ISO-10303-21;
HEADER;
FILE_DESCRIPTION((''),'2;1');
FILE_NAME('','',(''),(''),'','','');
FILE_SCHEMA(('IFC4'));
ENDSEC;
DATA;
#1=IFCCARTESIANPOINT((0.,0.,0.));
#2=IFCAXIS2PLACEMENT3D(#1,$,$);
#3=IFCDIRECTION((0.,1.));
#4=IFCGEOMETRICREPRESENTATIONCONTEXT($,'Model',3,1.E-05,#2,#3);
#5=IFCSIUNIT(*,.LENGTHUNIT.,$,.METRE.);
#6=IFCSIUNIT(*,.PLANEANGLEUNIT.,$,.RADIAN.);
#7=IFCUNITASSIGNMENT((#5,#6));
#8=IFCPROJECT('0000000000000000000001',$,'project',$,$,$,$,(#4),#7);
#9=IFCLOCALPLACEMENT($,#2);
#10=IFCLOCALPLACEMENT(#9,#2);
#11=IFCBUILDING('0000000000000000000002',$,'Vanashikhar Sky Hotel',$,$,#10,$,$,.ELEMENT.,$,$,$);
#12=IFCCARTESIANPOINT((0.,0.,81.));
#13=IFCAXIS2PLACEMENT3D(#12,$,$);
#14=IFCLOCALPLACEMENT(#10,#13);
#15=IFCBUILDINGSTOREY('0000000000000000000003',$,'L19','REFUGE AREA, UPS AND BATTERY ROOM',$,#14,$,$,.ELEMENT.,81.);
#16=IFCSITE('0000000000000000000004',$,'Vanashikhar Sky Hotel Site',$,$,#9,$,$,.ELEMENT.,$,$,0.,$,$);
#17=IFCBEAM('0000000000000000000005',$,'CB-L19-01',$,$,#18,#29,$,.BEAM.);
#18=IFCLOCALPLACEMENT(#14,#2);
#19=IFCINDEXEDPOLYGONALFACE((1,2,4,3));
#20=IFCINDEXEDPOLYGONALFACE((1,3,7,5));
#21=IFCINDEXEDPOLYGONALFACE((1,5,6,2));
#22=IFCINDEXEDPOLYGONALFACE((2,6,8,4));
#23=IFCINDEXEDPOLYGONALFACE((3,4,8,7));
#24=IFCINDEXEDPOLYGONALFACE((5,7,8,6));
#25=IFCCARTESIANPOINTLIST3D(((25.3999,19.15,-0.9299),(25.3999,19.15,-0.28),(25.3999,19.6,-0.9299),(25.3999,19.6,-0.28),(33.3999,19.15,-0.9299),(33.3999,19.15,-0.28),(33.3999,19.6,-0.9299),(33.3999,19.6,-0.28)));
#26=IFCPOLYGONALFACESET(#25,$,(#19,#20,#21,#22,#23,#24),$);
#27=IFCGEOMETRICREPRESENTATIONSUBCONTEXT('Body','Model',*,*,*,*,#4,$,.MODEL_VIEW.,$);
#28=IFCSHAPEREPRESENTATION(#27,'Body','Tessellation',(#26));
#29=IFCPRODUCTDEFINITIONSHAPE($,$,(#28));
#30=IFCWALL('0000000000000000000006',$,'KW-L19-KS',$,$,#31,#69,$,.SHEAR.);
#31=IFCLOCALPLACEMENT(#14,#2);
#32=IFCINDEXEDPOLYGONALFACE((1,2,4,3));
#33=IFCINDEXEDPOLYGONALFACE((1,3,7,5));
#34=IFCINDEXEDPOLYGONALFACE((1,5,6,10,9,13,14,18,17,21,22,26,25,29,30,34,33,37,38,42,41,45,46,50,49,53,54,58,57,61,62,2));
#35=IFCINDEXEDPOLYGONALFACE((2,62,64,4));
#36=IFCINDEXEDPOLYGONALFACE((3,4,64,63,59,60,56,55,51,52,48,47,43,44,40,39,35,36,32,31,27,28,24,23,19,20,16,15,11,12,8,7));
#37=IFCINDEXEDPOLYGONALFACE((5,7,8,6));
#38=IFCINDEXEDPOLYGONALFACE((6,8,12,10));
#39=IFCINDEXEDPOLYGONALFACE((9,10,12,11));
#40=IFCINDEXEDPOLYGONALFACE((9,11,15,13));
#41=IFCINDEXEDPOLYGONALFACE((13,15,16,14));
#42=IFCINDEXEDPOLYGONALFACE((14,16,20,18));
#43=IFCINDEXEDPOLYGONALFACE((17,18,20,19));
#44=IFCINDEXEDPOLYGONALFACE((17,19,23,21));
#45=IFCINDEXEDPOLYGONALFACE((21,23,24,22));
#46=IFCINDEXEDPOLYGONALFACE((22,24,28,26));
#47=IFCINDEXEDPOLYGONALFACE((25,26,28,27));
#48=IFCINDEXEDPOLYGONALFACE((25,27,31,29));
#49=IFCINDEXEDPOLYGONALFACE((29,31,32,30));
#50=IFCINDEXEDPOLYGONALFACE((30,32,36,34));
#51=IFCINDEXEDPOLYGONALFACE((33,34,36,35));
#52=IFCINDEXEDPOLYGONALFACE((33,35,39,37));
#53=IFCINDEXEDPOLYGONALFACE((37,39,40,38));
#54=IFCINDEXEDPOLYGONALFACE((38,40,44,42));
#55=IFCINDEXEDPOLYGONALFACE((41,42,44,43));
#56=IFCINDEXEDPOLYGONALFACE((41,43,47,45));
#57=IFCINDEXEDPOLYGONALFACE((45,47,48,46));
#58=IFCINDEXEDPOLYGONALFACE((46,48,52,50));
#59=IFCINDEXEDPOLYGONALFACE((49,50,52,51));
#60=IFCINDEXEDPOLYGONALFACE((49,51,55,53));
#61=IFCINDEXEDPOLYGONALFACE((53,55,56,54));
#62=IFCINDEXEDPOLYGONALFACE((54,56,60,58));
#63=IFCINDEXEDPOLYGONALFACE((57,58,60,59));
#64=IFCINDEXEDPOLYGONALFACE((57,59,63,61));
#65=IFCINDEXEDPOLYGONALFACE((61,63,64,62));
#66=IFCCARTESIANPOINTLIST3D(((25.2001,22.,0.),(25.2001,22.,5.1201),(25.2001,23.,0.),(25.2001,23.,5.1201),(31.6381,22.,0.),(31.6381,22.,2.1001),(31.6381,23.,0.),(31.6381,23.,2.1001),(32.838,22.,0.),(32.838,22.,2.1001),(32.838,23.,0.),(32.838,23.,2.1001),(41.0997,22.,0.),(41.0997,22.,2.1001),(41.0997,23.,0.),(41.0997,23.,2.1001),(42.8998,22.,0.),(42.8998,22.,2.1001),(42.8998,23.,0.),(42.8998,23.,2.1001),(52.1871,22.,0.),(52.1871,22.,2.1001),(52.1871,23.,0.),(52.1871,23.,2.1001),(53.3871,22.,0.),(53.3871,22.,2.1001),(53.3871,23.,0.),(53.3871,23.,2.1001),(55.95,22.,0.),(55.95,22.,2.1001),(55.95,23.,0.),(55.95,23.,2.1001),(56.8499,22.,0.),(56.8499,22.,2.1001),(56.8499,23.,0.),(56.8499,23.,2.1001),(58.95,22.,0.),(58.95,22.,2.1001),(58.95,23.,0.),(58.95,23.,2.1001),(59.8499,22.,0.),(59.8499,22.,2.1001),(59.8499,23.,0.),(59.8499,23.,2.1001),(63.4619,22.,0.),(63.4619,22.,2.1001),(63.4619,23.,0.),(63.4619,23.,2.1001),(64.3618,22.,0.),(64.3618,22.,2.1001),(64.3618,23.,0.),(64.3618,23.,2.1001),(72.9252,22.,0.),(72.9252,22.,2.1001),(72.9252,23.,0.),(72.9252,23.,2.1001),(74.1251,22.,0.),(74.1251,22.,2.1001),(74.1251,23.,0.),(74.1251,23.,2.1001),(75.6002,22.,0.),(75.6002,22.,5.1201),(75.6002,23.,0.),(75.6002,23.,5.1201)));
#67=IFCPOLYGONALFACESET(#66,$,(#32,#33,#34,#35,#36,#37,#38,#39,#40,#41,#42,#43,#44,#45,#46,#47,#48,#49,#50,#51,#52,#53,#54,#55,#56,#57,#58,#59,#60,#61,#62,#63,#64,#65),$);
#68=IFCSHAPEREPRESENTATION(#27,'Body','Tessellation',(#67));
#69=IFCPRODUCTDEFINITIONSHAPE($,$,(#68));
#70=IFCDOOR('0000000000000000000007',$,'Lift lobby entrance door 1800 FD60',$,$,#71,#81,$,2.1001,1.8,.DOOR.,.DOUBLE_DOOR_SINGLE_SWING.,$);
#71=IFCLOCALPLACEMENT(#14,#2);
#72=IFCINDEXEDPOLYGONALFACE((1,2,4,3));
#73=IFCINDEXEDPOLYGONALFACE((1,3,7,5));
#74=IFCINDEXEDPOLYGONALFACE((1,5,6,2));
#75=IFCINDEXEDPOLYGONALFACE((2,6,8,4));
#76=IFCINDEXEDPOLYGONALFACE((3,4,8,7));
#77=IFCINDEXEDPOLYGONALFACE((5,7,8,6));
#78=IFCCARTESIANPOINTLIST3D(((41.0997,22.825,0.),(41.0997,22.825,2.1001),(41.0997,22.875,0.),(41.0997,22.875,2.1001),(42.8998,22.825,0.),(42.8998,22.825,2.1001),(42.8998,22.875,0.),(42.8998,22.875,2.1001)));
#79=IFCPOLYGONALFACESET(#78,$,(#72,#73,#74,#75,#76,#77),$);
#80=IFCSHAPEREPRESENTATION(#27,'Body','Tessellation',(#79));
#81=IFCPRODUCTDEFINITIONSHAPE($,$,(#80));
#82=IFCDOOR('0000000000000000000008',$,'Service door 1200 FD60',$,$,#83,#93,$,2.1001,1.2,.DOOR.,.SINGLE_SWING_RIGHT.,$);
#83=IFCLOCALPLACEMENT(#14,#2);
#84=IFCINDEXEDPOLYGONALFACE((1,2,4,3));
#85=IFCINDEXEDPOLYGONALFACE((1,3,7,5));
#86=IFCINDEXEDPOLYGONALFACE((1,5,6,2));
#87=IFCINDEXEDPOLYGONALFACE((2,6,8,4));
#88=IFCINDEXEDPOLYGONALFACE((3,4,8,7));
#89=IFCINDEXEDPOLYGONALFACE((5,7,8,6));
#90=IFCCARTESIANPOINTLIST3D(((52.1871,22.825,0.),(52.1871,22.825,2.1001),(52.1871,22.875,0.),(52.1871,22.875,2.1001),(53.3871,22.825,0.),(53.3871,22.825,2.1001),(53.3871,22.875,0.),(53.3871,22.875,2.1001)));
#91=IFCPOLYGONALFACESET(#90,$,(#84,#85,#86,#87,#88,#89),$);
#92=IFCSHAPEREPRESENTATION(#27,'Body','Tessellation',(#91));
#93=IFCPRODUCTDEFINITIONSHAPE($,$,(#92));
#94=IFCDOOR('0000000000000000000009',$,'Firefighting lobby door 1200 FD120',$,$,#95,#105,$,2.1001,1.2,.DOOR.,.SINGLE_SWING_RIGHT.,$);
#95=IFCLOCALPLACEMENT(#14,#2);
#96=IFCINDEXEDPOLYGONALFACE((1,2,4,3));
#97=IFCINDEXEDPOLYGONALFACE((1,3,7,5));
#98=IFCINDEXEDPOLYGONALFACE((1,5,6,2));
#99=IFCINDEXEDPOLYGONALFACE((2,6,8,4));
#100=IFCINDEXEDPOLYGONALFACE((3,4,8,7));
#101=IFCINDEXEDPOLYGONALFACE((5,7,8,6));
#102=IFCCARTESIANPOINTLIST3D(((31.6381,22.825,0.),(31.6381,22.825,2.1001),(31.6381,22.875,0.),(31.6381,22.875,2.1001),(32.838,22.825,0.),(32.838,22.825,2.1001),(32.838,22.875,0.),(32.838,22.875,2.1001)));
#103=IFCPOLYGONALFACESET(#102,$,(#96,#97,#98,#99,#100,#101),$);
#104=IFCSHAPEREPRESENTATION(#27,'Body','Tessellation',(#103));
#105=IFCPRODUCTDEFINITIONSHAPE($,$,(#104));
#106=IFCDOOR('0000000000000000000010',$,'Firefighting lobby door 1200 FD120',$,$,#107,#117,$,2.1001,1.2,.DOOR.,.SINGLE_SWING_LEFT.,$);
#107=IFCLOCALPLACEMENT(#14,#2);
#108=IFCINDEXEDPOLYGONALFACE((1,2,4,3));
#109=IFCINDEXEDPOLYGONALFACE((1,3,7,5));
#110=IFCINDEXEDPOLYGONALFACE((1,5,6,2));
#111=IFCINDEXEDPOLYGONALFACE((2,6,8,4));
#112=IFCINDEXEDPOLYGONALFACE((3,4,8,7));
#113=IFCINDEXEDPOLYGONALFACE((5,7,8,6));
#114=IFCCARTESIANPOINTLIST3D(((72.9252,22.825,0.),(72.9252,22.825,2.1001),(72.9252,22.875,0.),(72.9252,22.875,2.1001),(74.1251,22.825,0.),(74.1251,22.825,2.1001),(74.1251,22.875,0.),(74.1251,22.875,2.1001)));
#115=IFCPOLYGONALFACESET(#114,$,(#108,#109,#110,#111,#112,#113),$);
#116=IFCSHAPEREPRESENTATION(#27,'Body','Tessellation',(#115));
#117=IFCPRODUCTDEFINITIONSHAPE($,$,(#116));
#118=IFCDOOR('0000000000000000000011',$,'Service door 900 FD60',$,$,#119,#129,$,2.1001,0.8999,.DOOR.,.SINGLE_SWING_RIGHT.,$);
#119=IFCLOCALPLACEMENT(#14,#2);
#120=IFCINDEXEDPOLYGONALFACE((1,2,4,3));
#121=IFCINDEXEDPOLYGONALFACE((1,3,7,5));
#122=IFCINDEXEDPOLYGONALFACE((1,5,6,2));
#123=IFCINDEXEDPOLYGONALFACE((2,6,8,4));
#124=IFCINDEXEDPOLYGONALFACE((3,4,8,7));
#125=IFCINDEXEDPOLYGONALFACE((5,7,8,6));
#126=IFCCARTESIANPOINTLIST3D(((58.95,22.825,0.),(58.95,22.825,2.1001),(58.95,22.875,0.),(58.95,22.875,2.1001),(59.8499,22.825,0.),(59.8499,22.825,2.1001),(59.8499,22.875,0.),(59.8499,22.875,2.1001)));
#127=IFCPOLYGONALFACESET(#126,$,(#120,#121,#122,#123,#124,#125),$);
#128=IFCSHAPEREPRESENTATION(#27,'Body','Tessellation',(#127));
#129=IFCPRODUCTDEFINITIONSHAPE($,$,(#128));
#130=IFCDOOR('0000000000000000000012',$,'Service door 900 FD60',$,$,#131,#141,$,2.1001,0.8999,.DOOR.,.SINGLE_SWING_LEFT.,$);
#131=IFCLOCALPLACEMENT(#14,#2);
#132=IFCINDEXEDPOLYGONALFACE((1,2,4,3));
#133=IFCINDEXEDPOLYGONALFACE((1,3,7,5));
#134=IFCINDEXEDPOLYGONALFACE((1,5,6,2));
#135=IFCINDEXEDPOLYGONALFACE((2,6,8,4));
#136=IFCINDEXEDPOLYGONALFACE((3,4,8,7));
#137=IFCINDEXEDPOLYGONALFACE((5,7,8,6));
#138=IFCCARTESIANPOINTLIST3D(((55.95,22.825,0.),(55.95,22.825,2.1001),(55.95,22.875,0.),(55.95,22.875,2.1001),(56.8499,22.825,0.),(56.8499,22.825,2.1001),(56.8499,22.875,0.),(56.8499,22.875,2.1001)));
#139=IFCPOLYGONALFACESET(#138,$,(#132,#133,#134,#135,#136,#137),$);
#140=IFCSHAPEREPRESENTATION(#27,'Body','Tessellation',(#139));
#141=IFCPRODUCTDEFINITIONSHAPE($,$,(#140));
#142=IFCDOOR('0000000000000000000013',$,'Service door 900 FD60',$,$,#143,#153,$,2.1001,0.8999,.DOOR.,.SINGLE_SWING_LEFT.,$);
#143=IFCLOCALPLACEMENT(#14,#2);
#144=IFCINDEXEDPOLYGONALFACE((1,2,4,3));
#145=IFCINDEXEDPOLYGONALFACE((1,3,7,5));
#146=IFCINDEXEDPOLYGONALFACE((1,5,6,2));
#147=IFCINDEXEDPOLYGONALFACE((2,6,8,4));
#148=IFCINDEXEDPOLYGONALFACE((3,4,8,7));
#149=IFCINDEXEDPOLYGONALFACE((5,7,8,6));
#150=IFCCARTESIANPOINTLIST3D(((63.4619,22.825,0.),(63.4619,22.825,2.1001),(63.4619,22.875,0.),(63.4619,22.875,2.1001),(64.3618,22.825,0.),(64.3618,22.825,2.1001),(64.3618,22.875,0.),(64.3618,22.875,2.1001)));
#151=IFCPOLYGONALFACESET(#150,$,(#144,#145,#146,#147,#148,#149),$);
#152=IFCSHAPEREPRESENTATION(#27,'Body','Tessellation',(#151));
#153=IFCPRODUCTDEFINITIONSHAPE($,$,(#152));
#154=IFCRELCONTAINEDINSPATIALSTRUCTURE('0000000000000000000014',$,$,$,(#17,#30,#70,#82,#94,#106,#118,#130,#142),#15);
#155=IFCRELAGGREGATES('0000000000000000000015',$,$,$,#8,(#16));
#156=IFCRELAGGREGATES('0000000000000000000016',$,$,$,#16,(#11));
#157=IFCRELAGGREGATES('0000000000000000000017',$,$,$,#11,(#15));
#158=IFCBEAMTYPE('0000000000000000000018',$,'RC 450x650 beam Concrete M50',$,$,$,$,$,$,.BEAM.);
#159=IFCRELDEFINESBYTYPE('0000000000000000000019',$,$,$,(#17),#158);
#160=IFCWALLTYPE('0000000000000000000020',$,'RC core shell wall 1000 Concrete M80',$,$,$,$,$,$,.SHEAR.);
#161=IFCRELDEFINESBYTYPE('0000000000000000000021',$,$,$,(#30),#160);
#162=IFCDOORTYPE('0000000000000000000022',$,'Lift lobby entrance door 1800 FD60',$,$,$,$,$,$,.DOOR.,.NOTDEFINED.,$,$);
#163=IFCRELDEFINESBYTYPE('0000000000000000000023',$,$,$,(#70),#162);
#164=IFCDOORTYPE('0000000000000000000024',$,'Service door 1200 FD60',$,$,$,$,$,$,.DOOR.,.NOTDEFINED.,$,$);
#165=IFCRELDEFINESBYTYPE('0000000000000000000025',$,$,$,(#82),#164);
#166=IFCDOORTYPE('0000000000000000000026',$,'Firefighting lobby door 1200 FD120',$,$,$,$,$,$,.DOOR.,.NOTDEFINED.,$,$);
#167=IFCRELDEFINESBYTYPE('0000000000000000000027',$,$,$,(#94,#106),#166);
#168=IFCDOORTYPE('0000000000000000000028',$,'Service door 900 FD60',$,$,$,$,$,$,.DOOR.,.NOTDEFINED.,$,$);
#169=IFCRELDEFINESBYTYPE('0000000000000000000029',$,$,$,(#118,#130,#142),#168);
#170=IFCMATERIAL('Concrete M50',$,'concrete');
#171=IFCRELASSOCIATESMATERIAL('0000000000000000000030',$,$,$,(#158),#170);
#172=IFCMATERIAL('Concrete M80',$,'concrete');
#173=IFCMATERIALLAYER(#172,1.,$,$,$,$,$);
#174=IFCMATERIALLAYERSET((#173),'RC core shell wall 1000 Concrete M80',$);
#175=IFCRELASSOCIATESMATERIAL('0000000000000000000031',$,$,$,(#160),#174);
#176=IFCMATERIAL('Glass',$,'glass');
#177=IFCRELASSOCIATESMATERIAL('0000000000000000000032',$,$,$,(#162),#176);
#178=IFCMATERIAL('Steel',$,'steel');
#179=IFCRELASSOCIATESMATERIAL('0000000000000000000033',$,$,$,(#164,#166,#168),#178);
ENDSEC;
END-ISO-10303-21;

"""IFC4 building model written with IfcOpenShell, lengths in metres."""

from ifc_helpers import new_model, si_unit, direction, frame, frame_2d, origin, origin_2d, place, context, subcontext, project, spatial, rectangle, extrude, source, transform, mapped, material, layer, layer_set, material_profile, profile_set, type_object, element, fill, save


model = new_model("IFC4")

# Units and contexts
model_context = context("Model", 3, precision=1e-05, world=origin(), true_north=direction((0.0, 1.0)))
body_context = subcontext(model_context, "Body", "Model", "MODEL_VIEW")
ifc_project = project(units=[si_unit("LENGTHUNIT", "METRE"), si_unit("PLANEANGLEUNIT", "RADIAN")], contexts=[model_context])

# Site, building, storey
site_placement = place(None, origin())
site = spatial("IfcSite", under=ifc_project, at=site_placement, Name="Vanashikhar Sky Hotel Site", CompositionType="ELEMENT", RefElevation=0.0)
building_placement = place(site_placement, origin())
building = spatial("IfcBuilding", under=site, at=building_placement, Name="Vanashikhar Sky Hotel", CompositionType="ELEMENT")
storey_placement = place(building_placement, frame((0.0, 0.0, 81.0)))
storey = spatial("IfcBuildingStorey", under=building, at=storey_placement, Name="L19", Description="REFUGE AREA, UPS AND BATTERY ROOM", CompositionType="ELEMENT", Elevation=81.0)

# Beam
ifc_material_1 = material(Name="Concrete M50", Category="concrete")
ifc_material_profile = material_profile(ifc_material_1, rectangle(XDim=0.45, YDim=0.6499, at=origin_2d()))
ifc_profile_set = profile_set([ifc_material_profile], Name="RC 450x650 beam Concrete M50")
beam_type = type_object("IfcBeamType", Name="RC 450x650 beam Concrete M50", PredefinedType="BEAM", material=ifc_profile_set)
shared_shape_1 = source(origin(), body_context, "Body", "SweptSolid", [
    extrude(rectangle(XDim=0.45, YDim=0.6499, at=origin_2d()), origin(), (0.0, 0.0, 1.0), 8.0),
])
beam_placement = place(storey_placement, frame((25.3999, 19.375, -0.605), z_axis=(1.0, 0.0, 0.0), x_axis=(0.0, 1.0, 0.0)))
element("IfcBeam", 1, at=beam_placement, inside=storey, type_object=beam_type, Name="CB-L19-01", PredefinedType="BEAM", context=body_context, shape_type="MappedRepresentation", body=[
    mapped(shared_shape_1, transform((0.0, 0.0, 0.0), scale=1.0)),
])

# Wall, openings, doors
ifc_material_2 = material(Name="Concrete M80", Category="concrete")
ifc_layer_1 = layer(ifc_material_2, 1.0)
ifc_layer_set_1 = layer_set([ifc_layer_1], Name="RC core shell wall 1000 Concrete M80")
wall_type_1 = type_object("IfcWallType", Name="RC core shell wall 1000 Concrete M80", PredefinedType="SHEAR", material=ifc_layer_set_1)
shared_shape_2 = source(origin(), body_context, "Body", "SweptSolid", [
    extrude(rectangle(XDim=50.4001, YDim=1.0, at=frame_2d((25.2002, 0.0))), origin(), (0.0, 0.0, 1.0), 5.1201),
])
wall_1_placement = place(storey_placement, frame((25.2, 22.5, 0.0), z_axis=(0.0, 0.0, 1.0), x_axis=(1.0, 0.0, 0.0)))
wall_1 = element("IfcWall", 2, at=wall_1_placement, inside=storey, type_object=wall_type_1, Name="KW-L19-KS", PredefinedType="SHEAR", context=body_context, shape_type="MappedRepresentation", body=[
    mapped(shared_shape_2, transform((0.0, 0.0, 0.0), scale=1.0)),
])
shared_shape_3 = source(origin(), body_context, "Body", "SweptSolid", [
    extrude(rectangle(XDim=1.8, YDim=2.1001, at=frame_2d((0.8999, 1.05))), frame((0.0, 0.51, 0.0), z_axis=(0.0, -1.0, 0.0), x_axis=(1.0, 0.0, 0.0)), (0.0, 0.0, 1.0), 1.02),
])
opening_1_placement = place(wall_1_placement, frame((15.8999, 0.0, 0.0)))
opening_1 = element("IfcOpeningElement", 3, at=opening_1_placement, cuts=wall_1, PredefinedType="OPENING", context=body_context, shape_type="MappedRepresentation", body=[
    mapped(shared_shape_3, transform((0.0, 0.0, 0.0), scale=1.0)),
])
shared_shape_4 = source(origin(), body_context, "Body", "SweptSolid", [
    extrude(rectangle(XDim=1.2, YDim=2.1001, at=frame_2d((0.6001, 1.05))), frame((0.0, 0.51, 0.0), z_axis=(0.0, -1.0, 0.0), x_axis=(1.0, 0.0, 0.0)), (0.0, 0.0, 1.0), 1.02),
])
opening_2_placement = place(wall_1_placement, frame((26.9871, 0.0, 0.0)))
opening_2 = element("IfcOpeningElement", 4, at=opening_2_placement, cuts=wall_1, PredefinedType="OPENING", context=body_context, shape_type="MappedRepresentation", body=[
    mapped(shared_shape_4, transform((0.0, 0.0, 0.0), scale=1.0)),
])
shared_shape_5 = source(origin(), body_context, "Body", "SweptSolid", [
    extrude(rectangle(XDim=0.8999, YDim=2.1001, at=frame_2d((0.45, 1.05))), frame((0.0, 0.51, 0.0), z_axis=(0.0, -1.0, 0.0), x_axis=(1.0, 0.0, 0.0)), (0.0, 0.0, 1.0), 1.02),
])
opening_3_placement = place(wall_1_placement, frame((33.75, 0.0, 0.0)))
opening_3 = element("IfcOpeningElement", 5, at=opening_3_placement, cuts=wall_1, PredefinedType="OPENING", context=body_context, shape_type="MappedRepresentation", body=[
    mapped(shared_shape_5, transform((0.0, 0.0, 0.0), scale=1.0)),
])
opening_4_placement = place(wall_1_placement, frame((30.75, 0.0, 0.0)))
opening_4 = element("IfcOpeningElement", 6, at=opening_4_placement, cuts=wall_1, PredefinedType="OPENING", context=body_context, shape_type="MappedRepresentation", body=[
    mapped(shared_shape_5, transform((0.0, 0.0, 0.0), scale=1.0)),
])
opening_5_placement = place(wall_1_placement, frame((38.262, 0.0, 0.0)))
opening_5 = element("IfcOpeningElement", 7, at=opening_5_placement, cuts=wall_1, PredefinedType="OPENING", context=body_context, shape_type="MappedRepresentation", body=[
    mapped(shared_shape_5, transform((0.0, 0.0, 0.0), scale=1.0)),
])
opening_6_placement = place(wall_1_placement, frame((6.438, 0.0, 0.0)))
opening_6 = element("IfcOpeningElement", 8, at=opening_6_placement, cuts=wall_1, PredefinedType="OPENING", context=body_context, shape_type="MappedRepresentation", body=[
    mapped(shared_shape_4, transform((0.0, 0.0, 0.0), scale=1.0)),
])
opening_7_placement = place(wall_1_placement, frame((47.7251, 0.0, 0.0)))
opening_7 = element("IfcOpeningElement", 9, at=opening_7_placement, cuts=wall_1, PredefinedType="OPENING", context=body_context, shape_type="MappedRepresentation", body=[
    mapped(shared_shape_4, transform((0.0, 0.0, 0.0), scale=1.0)),
])
ifc_material_3 = material(Name="Glass", Category="glass")
door_type_1 = type_object("IfcDoorType", Name="Lift lobby entrance door 1800 FD60", OperationType="NOTDEFINED", PredefinedType="DOOR", material=ifc_material_3)
shared_shape_6 = source(origin(), body_context, "Body", "SweptSolid", [
    extrude(rectangle(XDim=1.8, YDim=2.1001, at=frame_2d((0.8999, 1.05))), frame((0.0, 0.375, 0.0), z_axis=(0.0, -1.0, 0.0), x_axis=(1.0, 0.0, 0.0)), (0.0, 0.0, 1.0), 0.05),
])
door_1_placement = place(opening_1_placement, origin())
door_1 = element("IfcDoor", 10, at=door_1_placement, inside=storey, type_object=door_type_1, Name="Lift lobby entrance door 1800 FD60", OperationType="DOUBLE_DOOR_SINGLE_SWING", OverallHeight=2.1001, OverallWidth=1.8, PredefinedType="DOOR", context=body_context, shape_type="MappedRepresentation", body=[
    mapped(shared_shape_6, transform((0.0, 0.0, 0.0), scale=1.0)),
])
fill(opening_1, door_1)
ifc_material_4 = material(Name="Steel", Category="steel")
door_type_2 = type_object("IfcDoorType", Name="Service door 1200 FD60", OperationType="NOTDEFINED", PredefinedType="DOOR", material=ifc_material_4)
shared_shape_7 = source(origin(), body_context, "Body", "SweptSolid", [
    extrude(rectangle(XDim=1.2, YDim=2.1001, at=frame_2d((0.6001, 1.05))), frame((0.0, 0.375, 0.0), z_axis=(0.0, -1.0, 0.0), x_axis=(1.0, 0.0, 0.0)), (0.0, 0.0, 1.0), 0.05),
])
door_2_placement = place(opening_2_placement, origin())
door_2 = element("IfcDoor", 11, at=door_2_placement, inside=storey, type_object=door_type_2, Name="Service door 1200 FD60", OperationType="SINGLE_SWING_RIGHT", OverallHeight=2.1001, OverallWidth=1.2, PredefinedType="DOOR", context=body_context, shape_type="MappedRepresentation", body=[
    mapped(shared_shape_7, transform((0.0, 0.0, 0.0), scale=1.0)),
])
fill(opening_2, door_2)
door_type_3 = type_object("IfcDoorType", Name="Firefighting lobby door 1200 FD120", OperationType="NOTDEFINED", PredefinedType="DOOR", material=ifc_material_4)
door_3_placement = place(opening_6_placement, origin())
door_3 = element("IfcDoor", 12, at=door_3_placement, inside=storey, type_object=door_type_3, Name="Firefighting lobby door 1200 FD120", OperationType="SINGLE_SWING_RIGHT", OverallHeight=2.1001, OverallWidth=1.2, PredefinedType="DOOR", context=body_context, shape_type="MappedRepresentation", body=[
    mapped(shared_shape_7, transform((0.0, 0.0, 0.0), scale=1.0)),
])
fill(opening_6, door_3)
door_4_placement = place(opening_7_placement, origin())
door_4 = element("IfcDoor", 13, at=door_4_placement, inside=storey, type_object=door_type_3, Name="Firefighting lobby door 1200 FD120", OperationType="SINGLE_SWING_LEFT", OverallHeight=2.1001, OverallWidth=1.2, PredefinedType="DOOR", context=body_context, shape_type="MappedRepresentation", body=[
    mapped(shared_shape_7, transform((0.0, 0.0, 0.0), scale=1.0)),
])
fill(opening_7, door_4)
door_type_4 = type_object("IfcDoorType", Name="Service door 900 FD60", OperationType="NOTDEFINED", PredefinedType="DOOR", material=ifc_material_4)
shared_shape_8 = source(origin(), body_context, "Body", "SweptSolid", [
    extrude(rectangle(XDim=0.8999, YDim=2.1001, at=frame_2d((0.45, 1.05))), frame((0.0, 0.375, 0.0), z_axis=(0.0, -1.0, 0.0), x_axis=(1.0, 0.0, 0.0)), (0.0, 0.0, 1.0), 0.05),
])
door_5_placement = place(opening_3_placement, origin())
door_5 = element("IfcDoor", 14, at=door_5_placement, inside=storey, type_object=door_type_4, Name="Service door 900 FD60", OperationType="SINGLE_SWING_RIGHT", OverallHeight=2.1001, OverallWidth=0.8999, PredefinedType="DOOR", context=body_context, shape_type="MappedRepresentation", body=[
    mapped(shared_shape_8, transform((0.0, 0.0, 0.0), scale=1.0)),
])
fill(opening_3, door_5)
door_6_placement = place(opening_4_placement, origin())
door_6 = element("IfcDoor", 15, at=door_6_placement, inside=storey, type_object=door_type_4, Name="Service door 900 FD60", OperationType="SINGLE_SWING_LEFT", OverallHeight=2.1001, OverallWidth=0.8999, PredefinedType="DOOR", context=body_context, shape_type="MappedRepresentation", body=[
    mapped(shared_shape_8, transform((0.0, 0.0, 0.0), scale=1.0)),
])
fill(opening_4, door_6)
door_7_placement = place(opening_5_placement, origin())
door_7 = element("IfcDoor", 16, at=door_7_placement, inside=storey, type_object=door_type_4, Name="Service door 900 FD60", OperationType="SINGLE_SWING_LEFT", OverallHeight=2.1001, OverallWidth=0.8999, PredefinedType="DOOR", context=body_context, shape_type="MappedRepresentation", body=[
    mapped(shared_shape_8, transform((0.0, 0.0, 0.0), scale=1.0)),
])
fill(opening_5, door_7)

save(model, "model.ifc")
